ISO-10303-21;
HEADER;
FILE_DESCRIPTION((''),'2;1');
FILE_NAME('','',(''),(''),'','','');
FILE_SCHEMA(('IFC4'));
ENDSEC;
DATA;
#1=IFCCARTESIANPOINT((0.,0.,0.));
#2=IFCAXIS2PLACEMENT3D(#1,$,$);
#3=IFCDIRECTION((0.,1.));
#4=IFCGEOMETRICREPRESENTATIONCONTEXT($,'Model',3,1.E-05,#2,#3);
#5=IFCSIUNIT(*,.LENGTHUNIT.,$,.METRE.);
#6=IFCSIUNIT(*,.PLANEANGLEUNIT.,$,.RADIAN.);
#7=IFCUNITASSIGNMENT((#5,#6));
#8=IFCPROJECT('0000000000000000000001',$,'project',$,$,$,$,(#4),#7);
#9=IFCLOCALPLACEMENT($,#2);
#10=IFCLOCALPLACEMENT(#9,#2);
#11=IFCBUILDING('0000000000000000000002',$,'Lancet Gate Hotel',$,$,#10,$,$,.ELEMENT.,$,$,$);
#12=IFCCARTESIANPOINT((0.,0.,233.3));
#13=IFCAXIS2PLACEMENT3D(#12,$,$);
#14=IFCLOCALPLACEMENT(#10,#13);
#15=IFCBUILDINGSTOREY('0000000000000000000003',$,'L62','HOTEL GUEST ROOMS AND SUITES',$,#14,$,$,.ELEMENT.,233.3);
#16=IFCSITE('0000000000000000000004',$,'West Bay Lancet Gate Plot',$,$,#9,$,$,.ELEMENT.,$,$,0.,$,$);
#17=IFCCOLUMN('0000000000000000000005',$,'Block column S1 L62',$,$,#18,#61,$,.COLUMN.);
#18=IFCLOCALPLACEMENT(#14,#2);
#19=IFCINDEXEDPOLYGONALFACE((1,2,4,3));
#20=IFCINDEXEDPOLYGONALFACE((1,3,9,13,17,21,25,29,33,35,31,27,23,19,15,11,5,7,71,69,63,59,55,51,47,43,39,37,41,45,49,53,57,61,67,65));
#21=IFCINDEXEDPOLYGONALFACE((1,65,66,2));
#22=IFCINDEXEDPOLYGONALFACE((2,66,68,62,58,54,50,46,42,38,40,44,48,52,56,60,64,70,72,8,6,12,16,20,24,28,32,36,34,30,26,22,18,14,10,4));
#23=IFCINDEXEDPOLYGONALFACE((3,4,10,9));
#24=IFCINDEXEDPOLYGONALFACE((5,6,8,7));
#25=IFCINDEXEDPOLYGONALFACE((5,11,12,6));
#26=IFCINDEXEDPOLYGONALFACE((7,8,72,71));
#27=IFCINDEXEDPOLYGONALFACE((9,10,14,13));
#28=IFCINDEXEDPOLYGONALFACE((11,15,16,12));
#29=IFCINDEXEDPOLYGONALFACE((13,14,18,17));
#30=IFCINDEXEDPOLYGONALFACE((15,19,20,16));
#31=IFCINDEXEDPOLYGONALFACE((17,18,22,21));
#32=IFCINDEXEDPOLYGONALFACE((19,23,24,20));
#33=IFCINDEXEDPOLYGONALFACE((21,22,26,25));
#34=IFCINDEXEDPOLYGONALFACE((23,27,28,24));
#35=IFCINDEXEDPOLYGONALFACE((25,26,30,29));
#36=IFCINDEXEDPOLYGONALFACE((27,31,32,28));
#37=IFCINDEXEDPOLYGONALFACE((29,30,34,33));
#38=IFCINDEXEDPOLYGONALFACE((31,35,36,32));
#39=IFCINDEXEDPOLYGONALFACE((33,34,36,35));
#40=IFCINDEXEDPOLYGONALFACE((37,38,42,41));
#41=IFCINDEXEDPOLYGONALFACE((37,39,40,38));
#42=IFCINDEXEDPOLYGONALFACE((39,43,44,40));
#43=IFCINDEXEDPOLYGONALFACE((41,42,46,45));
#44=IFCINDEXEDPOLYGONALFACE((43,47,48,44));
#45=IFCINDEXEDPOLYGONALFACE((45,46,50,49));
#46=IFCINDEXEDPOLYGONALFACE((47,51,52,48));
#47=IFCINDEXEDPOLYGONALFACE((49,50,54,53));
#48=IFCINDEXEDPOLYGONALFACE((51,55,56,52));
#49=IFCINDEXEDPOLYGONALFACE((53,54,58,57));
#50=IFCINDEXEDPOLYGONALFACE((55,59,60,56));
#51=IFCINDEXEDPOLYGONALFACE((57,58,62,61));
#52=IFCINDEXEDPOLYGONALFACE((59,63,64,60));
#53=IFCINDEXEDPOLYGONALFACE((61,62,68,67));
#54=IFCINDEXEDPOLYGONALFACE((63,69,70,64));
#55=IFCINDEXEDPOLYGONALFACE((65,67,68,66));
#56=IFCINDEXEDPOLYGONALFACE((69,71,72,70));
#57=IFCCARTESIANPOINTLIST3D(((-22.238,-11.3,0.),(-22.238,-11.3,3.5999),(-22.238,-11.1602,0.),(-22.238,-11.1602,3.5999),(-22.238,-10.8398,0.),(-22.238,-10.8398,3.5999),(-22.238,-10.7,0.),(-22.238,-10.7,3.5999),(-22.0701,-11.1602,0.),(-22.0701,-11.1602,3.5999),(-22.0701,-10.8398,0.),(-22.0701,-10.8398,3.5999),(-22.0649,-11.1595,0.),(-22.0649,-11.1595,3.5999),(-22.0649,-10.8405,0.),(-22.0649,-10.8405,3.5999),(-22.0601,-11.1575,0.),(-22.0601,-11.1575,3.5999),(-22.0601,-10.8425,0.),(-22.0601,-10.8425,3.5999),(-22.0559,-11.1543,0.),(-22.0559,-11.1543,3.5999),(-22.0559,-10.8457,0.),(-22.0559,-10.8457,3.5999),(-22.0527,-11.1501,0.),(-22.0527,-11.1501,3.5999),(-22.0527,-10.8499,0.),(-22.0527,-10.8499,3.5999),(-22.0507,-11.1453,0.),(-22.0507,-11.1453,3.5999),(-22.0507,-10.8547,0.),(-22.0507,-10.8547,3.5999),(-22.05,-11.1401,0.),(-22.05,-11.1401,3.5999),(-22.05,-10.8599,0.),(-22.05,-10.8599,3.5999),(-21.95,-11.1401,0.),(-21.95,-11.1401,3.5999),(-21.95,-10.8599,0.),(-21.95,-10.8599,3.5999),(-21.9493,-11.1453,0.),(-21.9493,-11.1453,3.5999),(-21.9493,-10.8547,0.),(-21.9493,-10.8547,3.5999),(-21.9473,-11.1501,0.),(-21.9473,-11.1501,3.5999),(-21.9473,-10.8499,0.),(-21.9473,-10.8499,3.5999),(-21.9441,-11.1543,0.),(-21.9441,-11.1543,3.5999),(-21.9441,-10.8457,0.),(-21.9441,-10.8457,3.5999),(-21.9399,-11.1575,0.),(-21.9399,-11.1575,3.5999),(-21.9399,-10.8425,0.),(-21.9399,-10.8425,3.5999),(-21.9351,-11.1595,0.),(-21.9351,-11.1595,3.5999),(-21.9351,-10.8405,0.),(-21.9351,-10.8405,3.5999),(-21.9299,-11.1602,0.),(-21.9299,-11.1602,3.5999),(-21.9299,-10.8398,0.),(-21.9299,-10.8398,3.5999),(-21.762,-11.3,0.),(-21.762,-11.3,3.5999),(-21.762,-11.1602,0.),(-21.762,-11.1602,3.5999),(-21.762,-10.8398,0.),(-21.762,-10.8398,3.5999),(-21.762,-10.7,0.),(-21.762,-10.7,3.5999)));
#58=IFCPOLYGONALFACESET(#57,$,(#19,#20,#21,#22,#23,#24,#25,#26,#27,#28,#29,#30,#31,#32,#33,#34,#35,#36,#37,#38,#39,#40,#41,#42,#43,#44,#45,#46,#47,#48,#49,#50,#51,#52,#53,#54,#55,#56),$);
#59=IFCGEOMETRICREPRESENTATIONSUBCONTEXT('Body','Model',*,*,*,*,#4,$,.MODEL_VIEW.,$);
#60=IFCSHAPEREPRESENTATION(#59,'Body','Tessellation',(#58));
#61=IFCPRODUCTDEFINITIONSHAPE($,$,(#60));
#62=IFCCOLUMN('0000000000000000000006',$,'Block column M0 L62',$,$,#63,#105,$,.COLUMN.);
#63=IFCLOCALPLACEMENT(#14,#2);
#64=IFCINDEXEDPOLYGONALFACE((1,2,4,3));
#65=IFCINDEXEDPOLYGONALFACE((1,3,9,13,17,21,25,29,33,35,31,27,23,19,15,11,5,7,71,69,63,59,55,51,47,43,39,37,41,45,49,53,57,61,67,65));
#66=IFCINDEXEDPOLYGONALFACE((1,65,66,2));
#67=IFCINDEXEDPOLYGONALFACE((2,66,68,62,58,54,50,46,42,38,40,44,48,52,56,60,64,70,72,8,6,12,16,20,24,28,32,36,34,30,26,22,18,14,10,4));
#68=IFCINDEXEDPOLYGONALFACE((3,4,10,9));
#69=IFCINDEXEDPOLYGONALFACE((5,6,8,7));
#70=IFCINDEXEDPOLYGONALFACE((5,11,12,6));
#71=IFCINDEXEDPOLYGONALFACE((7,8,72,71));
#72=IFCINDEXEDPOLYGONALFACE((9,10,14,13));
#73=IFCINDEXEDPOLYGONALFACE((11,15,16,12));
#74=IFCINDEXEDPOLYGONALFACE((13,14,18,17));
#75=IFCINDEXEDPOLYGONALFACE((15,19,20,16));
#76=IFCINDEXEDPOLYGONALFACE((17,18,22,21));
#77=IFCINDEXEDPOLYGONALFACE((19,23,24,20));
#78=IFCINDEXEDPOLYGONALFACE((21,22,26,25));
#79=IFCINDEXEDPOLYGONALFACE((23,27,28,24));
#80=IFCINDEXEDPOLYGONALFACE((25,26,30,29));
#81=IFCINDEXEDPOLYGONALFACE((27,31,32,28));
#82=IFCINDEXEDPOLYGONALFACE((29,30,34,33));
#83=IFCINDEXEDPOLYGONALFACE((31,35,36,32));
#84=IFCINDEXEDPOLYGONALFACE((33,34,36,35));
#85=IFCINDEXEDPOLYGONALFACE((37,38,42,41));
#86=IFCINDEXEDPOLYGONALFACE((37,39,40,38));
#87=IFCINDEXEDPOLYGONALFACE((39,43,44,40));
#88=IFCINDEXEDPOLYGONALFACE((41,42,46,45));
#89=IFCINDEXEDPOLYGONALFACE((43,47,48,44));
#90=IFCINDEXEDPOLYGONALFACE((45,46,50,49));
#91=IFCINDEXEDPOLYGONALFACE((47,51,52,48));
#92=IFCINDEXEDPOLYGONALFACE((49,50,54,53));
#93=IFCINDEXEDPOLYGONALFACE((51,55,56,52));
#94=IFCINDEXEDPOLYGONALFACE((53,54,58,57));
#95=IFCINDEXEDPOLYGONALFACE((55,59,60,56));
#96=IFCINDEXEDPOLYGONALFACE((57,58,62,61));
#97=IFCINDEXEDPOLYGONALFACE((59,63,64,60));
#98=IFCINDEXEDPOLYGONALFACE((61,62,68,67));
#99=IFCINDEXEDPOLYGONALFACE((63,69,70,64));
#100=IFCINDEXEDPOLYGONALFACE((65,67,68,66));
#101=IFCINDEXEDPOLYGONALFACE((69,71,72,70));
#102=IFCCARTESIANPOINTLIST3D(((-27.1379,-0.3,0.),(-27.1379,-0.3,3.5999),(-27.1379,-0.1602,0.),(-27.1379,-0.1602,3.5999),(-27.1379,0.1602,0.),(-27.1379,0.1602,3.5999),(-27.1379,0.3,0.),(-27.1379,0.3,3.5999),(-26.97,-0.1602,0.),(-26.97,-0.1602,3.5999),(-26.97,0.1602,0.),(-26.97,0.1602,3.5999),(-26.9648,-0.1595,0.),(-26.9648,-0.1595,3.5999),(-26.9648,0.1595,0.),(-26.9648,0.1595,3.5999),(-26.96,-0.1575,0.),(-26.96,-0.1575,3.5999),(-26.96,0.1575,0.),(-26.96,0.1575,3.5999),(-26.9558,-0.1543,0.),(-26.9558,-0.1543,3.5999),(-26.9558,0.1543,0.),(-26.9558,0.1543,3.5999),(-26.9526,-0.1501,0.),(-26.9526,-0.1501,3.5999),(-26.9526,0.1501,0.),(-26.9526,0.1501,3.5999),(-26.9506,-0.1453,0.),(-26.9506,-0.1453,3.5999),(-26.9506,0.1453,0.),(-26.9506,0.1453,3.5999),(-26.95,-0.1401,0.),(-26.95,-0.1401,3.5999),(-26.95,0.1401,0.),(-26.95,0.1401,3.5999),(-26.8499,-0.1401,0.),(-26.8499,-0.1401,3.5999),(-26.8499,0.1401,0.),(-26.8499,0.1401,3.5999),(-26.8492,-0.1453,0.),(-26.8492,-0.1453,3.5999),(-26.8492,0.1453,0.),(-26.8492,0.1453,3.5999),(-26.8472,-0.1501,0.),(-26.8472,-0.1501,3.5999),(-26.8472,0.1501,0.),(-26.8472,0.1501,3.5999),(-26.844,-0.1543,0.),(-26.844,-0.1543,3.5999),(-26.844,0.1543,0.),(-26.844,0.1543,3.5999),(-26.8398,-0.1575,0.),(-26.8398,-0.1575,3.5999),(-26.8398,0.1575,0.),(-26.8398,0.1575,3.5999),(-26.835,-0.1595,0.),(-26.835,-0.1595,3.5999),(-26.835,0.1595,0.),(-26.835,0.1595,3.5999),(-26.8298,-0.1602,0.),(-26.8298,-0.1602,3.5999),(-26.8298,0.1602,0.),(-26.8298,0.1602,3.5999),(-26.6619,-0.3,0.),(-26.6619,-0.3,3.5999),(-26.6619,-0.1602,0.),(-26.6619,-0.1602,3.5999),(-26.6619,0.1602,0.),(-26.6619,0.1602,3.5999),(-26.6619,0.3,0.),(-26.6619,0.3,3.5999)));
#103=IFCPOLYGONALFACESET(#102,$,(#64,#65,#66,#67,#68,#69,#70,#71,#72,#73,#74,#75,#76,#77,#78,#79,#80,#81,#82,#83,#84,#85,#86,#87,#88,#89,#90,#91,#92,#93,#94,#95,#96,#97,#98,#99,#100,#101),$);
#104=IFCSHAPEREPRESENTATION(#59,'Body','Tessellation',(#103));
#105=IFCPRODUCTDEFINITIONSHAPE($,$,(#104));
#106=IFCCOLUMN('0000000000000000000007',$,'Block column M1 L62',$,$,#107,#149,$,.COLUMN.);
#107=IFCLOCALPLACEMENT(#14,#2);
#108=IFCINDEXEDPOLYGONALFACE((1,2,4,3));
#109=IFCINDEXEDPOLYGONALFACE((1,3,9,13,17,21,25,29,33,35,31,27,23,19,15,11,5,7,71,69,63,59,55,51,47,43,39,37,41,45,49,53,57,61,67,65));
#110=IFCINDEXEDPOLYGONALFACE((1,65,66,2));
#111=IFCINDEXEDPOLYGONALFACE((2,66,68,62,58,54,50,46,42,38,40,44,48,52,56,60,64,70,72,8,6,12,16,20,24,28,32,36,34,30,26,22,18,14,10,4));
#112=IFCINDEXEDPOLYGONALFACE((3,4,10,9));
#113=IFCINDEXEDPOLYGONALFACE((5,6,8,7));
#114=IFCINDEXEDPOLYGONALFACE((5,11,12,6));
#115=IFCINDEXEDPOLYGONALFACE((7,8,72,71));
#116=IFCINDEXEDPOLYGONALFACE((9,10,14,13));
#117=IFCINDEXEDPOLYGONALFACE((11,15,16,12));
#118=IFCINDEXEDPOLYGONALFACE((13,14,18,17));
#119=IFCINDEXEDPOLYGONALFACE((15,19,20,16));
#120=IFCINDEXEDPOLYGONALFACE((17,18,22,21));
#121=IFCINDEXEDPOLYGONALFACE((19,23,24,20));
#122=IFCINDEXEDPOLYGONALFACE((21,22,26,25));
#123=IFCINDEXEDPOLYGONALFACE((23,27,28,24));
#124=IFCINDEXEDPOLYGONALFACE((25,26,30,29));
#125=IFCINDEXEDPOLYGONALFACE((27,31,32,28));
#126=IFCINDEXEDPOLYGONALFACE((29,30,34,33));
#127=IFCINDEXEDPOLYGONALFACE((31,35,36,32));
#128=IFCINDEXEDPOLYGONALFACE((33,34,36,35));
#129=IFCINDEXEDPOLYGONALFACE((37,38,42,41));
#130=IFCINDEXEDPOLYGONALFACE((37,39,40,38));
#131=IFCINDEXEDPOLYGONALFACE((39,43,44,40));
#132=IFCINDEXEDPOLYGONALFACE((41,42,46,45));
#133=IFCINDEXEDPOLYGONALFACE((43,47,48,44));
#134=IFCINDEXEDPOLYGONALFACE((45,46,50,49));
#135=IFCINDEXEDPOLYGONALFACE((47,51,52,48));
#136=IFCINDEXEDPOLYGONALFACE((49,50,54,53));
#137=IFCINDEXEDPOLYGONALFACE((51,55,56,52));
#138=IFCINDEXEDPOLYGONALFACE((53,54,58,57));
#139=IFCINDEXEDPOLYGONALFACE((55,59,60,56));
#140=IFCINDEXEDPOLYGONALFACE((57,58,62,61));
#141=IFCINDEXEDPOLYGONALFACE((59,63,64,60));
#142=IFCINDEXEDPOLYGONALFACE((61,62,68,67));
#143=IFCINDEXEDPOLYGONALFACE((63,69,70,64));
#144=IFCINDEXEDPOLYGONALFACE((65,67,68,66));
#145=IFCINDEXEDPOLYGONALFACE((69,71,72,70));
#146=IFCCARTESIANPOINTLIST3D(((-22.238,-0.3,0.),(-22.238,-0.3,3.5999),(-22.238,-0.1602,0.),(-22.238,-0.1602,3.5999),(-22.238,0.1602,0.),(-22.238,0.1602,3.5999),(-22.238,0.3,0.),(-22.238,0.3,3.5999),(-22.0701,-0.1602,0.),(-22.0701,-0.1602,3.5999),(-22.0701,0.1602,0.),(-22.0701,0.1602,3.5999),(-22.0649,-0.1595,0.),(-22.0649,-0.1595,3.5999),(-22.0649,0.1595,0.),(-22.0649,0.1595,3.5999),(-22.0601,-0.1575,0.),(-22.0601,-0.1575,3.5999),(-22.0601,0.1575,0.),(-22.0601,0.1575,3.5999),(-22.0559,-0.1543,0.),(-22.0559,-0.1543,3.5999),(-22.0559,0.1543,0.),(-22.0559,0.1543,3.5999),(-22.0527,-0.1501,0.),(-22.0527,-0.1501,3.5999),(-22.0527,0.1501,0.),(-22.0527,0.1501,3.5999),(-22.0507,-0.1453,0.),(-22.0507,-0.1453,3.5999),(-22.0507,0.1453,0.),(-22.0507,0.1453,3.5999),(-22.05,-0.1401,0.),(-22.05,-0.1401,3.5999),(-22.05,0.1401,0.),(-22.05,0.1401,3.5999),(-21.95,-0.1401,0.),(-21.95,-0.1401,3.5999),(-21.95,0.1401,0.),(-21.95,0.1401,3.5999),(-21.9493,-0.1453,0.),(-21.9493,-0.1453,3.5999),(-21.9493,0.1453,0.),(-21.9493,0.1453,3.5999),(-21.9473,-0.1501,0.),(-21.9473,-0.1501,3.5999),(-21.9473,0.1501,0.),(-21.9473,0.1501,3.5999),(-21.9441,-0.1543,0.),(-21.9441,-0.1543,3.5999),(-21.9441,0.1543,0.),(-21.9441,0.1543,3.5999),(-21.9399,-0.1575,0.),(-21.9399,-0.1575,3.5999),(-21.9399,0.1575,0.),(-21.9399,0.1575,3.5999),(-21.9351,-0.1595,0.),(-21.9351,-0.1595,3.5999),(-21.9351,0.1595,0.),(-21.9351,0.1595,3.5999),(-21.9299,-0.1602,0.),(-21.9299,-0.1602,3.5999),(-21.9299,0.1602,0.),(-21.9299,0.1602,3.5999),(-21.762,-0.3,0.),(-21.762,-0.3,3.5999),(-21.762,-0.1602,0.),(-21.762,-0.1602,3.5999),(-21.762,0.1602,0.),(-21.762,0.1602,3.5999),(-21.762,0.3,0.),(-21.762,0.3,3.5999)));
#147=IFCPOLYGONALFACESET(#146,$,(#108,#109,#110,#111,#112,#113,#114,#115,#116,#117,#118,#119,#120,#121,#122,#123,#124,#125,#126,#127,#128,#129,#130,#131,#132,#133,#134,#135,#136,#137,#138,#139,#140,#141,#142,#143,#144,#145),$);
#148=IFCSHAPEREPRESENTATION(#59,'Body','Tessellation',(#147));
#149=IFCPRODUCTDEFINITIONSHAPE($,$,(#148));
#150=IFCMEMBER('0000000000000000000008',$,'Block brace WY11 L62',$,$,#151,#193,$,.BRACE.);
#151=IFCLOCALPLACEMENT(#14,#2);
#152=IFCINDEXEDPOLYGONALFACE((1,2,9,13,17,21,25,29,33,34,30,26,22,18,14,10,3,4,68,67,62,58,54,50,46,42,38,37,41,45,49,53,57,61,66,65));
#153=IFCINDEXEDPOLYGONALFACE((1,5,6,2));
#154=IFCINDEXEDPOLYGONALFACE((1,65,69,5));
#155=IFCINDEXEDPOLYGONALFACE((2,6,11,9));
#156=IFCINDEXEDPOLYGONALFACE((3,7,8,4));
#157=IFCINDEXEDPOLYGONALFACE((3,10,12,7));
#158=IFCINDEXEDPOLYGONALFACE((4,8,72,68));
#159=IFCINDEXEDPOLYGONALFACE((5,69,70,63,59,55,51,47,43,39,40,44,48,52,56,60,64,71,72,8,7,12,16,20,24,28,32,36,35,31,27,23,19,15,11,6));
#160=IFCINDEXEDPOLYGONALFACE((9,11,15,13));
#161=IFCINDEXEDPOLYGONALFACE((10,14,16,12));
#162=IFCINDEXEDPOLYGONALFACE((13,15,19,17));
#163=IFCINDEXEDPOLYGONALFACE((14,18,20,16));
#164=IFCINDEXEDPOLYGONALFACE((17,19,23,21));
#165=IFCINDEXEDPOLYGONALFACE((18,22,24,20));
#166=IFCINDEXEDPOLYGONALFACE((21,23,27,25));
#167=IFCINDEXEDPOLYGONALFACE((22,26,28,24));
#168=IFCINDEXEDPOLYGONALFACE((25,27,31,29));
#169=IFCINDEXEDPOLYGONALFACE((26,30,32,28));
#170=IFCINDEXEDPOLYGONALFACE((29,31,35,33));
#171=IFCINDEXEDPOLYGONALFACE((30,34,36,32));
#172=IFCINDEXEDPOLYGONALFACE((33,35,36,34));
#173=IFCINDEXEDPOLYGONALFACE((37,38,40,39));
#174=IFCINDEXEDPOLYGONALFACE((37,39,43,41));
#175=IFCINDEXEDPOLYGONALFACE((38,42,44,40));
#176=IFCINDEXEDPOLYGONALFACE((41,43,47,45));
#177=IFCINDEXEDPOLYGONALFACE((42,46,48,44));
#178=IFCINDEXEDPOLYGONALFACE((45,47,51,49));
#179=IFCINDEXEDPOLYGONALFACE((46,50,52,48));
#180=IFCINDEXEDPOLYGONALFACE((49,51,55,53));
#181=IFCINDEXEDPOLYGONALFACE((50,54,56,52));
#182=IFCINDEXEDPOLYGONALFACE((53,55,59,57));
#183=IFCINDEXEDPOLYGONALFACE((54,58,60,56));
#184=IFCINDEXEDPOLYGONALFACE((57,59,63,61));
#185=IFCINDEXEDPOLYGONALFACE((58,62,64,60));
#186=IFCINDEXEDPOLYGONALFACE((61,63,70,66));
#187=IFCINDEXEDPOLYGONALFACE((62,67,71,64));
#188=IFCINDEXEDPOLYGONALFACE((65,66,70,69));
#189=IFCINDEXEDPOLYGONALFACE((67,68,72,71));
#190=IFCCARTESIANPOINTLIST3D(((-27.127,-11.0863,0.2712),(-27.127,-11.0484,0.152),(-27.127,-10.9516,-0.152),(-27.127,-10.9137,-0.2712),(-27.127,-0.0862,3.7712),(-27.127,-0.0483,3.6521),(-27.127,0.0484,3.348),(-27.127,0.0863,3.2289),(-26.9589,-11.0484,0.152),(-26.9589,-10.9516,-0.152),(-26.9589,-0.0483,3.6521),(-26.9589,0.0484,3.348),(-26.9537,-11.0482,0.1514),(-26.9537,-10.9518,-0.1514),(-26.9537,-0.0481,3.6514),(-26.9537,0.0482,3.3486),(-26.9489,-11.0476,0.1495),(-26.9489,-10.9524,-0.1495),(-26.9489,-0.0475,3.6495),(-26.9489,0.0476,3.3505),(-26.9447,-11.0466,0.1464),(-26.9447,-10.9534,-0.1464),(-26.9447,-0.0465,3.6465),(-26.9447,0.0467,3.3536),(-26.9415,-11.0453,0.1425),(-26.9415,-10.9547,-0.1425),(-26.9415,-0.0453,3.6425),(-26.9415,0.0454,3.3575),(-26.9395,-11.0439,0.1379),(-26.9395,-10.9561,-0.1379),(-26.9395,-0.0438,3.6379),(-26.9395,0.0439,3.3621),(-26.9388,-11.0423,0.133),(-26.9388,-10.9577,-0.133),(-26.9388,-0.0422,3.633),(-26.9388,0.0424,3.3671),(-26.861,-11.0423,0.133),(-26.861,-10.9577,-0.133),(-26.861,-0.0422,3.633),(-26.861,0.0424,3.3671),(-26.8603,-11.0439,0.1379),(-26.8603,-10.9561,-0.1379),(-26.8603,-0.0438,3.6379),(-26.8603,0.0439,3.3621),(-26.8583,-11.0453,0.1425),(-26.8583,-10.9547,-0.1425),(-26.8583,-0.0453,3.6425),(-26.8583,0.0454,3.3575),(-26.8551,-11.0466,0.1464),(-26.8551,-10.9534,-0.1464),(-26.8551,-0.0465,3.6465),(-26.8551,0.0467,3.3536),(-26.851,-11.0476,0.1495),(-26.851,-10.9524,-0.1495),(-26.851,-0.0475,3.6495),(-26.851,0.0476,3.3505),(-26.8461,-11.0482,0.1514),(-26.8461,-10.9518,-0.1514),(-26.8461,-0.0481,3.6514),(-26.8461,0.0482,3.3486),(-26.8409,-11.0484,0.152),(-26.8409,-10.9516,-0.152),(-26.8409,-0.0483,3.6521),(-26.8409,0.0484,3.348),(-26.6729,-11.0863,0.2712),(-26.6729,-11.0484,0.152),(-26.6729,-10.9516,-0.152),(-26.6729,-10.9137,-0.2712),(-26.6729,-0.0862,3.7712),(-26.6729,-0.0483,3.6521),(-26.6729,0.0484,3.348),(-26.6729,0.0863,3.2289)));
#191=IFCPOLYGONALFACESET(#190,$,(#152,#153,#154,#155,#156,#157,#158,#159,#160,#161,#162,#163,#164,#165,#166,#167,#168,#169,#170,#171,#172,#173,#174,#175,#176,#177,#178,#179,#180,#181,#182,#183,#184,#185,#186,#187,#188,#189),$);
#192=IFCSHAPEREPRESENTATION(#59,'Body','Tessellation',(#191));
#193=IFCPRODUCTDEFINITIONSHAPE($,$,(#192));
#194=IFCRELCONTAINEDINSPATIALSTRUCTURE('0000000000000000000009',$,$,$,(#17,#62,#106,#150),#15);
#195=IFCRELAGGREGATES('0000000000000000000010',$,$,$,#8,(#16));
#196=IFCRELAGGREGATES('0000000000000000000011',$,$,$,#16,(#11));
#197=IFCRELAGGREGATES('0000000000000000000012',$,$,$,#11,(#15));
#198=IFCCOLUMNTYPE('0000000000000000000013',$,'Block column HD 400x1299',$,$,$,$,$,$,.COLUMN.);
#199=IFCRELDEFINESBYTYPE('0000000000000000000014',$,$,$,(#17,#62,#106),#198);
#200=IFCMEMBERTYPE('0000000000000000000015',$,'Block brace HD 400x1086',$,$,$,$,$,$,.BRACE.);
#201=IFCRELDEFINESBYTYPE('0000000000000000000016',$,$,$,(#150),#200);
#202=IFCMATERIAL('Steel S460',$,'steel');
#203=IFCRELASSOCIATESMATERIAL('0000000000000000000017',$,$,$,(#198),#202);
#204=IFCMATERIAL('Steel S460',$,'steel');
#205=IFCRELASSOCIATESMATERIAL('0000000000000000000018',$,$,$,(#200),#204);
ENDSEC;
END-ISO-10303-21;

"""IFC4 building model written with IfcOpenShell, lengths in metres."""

from ifc_helpers import new_model, si_unit, direction, frame, origin, origin_2d, place, context, subcontext, project, spatial, i_section, extrude, material, material_profile, profile_set, type_object, element, save


model = new_model("IFC4")

# Units and contexts
model_context = context("Model", 3, precision=1e-05, world=origin(), true_north=direction((0.0, 1.0)))
body_context = subcontext(model_context, "Body", "Model", "MODEL_VIEW")
ifc_project = project(units=[si_unit("LENGTHUNIT", "METRE"), si_unit("PLANEANGLEUNIT", "RADIAN")], contexts=[model_context])

# Site, building, storey
site_placement = place(None, origin())
site = spatial("IfcSite", under=ifc_project, at=site_placement, Name="West Bay Lancet Gate Plot", CompositionType="ELEMENT", RefElevation=0.0)
building_placement = place(site_placement, origin())
building = spatial("IfcBuilding", under=site, at=building_placement, Name="Lancet Gate Hotel", CompositionType="ELEMENT")
storey_placement = place(building_placement, frame((0.0, 0.0, 233.3)))
storey = spatial("IfcBuildingStorey", under=building, at=storey_placement, Name="L62", Description="HOTEL GUEST ROOMS AND SUITES", CompositionType="ELEMENT", Elevation=233.3)

# Columns
ifc_material_1 = material(Name="Steel S460", Category="steel")
ifc_material_profile_1 = material_profile(ifc_material_1, i_section(OverallWidth=0.4761, OverallDepth=0.6001, WebThickness=0.1001, FlangeThickness=0.1399, FilletRadius=0.02, at=origin_2d()), Name="HD 400x1299")
ifc_profile_set_1 = profile_set([ifc_material_profile_1], Name="Steel S460")
column_type = type_object("IfcColumnType", Name="Block column HD 400x1299", PredefinedType="COLUMN", material=ifc_profile_set_1)
for number, where, z_axis, x_axis, name in (
    (1, (-22.0, -11.0, 0.0), (0.0, 0.0, 1.0), (1.0, 0.0, 0.0), "Block column S1 L62"),
    (2, (-26.8999, 0.0, 0.0), (0.0, 0.0, 1.0), (1.0, 0.0, 0.0), "Block column M0 L62"),
    (3, (-22.0, 0.0, 0.0), (0.0, 0.0, 1.0), (1.0, 0.0, 0.0), "Block column M1 L62"),
):
    element("IfcColumn", number, at=place(storey_placement, frame(where, z_axis=z_axis, x_axis=x_axis)), inside=storey, type_object=column_type, Name=name, PredefinedType="COLUMN", context=body_context, shape_type="SweptSolid", body=[
        extrude(i_section(OverallWidth=0.4761, OverallDepth=0.6001, WebThickness=0.1001, FlangeThickness=0.1399, FilletRadius=0.02, at=origin_2d()), origin(), (0.0, 0.0, 1.0), 3.5999),
    ])

# Member
ifc_material_2 = material(Name="Steel S460", Category="steel")
ifc_material_profile_2 = material_profile(ifc_material_2, i_section(OverallWidth=0.4541, OverallDepth=0.5691, WebThickness=0.0779, FlangeThickness=0.125, FilletRadius=0.02, at=origin_2d()), Name="HD 400x1086")
ifc_profile_set_2 = profile_set([ifc_material_profile_2], Name="Steel S460")
member_type = type_object("IfcMemberType", Name="Block brace HD 400x1086", PredefinedType="BRACE", material=ifc_profile_set_2)
member_1_placement = place(storey_placement, frame((-26.8999, -11.0, 0.0), z_axis=(0.0, 0.952926, 0.303204), x_axis=(-1.0, 0.0, 0.0)))
element("IfcMember", 4, at=member_1_placement, inside=storey, type_object=member_type, Name="Block brace WY11 L62", PredefinedType="BRACE", context=body_context, shape_type="SweptSolid", body=[
    extrude(i_section(OverallWidth=0.4541, OverallDepth=0.5691, WebThickness=0.0779, FlangeThickness=0.125, FilletRadius=0.02, at=origin_2d()), origin(), (0.0, 0.0, 1.0), 11.5435),
])

save(model, "model.ifc")
